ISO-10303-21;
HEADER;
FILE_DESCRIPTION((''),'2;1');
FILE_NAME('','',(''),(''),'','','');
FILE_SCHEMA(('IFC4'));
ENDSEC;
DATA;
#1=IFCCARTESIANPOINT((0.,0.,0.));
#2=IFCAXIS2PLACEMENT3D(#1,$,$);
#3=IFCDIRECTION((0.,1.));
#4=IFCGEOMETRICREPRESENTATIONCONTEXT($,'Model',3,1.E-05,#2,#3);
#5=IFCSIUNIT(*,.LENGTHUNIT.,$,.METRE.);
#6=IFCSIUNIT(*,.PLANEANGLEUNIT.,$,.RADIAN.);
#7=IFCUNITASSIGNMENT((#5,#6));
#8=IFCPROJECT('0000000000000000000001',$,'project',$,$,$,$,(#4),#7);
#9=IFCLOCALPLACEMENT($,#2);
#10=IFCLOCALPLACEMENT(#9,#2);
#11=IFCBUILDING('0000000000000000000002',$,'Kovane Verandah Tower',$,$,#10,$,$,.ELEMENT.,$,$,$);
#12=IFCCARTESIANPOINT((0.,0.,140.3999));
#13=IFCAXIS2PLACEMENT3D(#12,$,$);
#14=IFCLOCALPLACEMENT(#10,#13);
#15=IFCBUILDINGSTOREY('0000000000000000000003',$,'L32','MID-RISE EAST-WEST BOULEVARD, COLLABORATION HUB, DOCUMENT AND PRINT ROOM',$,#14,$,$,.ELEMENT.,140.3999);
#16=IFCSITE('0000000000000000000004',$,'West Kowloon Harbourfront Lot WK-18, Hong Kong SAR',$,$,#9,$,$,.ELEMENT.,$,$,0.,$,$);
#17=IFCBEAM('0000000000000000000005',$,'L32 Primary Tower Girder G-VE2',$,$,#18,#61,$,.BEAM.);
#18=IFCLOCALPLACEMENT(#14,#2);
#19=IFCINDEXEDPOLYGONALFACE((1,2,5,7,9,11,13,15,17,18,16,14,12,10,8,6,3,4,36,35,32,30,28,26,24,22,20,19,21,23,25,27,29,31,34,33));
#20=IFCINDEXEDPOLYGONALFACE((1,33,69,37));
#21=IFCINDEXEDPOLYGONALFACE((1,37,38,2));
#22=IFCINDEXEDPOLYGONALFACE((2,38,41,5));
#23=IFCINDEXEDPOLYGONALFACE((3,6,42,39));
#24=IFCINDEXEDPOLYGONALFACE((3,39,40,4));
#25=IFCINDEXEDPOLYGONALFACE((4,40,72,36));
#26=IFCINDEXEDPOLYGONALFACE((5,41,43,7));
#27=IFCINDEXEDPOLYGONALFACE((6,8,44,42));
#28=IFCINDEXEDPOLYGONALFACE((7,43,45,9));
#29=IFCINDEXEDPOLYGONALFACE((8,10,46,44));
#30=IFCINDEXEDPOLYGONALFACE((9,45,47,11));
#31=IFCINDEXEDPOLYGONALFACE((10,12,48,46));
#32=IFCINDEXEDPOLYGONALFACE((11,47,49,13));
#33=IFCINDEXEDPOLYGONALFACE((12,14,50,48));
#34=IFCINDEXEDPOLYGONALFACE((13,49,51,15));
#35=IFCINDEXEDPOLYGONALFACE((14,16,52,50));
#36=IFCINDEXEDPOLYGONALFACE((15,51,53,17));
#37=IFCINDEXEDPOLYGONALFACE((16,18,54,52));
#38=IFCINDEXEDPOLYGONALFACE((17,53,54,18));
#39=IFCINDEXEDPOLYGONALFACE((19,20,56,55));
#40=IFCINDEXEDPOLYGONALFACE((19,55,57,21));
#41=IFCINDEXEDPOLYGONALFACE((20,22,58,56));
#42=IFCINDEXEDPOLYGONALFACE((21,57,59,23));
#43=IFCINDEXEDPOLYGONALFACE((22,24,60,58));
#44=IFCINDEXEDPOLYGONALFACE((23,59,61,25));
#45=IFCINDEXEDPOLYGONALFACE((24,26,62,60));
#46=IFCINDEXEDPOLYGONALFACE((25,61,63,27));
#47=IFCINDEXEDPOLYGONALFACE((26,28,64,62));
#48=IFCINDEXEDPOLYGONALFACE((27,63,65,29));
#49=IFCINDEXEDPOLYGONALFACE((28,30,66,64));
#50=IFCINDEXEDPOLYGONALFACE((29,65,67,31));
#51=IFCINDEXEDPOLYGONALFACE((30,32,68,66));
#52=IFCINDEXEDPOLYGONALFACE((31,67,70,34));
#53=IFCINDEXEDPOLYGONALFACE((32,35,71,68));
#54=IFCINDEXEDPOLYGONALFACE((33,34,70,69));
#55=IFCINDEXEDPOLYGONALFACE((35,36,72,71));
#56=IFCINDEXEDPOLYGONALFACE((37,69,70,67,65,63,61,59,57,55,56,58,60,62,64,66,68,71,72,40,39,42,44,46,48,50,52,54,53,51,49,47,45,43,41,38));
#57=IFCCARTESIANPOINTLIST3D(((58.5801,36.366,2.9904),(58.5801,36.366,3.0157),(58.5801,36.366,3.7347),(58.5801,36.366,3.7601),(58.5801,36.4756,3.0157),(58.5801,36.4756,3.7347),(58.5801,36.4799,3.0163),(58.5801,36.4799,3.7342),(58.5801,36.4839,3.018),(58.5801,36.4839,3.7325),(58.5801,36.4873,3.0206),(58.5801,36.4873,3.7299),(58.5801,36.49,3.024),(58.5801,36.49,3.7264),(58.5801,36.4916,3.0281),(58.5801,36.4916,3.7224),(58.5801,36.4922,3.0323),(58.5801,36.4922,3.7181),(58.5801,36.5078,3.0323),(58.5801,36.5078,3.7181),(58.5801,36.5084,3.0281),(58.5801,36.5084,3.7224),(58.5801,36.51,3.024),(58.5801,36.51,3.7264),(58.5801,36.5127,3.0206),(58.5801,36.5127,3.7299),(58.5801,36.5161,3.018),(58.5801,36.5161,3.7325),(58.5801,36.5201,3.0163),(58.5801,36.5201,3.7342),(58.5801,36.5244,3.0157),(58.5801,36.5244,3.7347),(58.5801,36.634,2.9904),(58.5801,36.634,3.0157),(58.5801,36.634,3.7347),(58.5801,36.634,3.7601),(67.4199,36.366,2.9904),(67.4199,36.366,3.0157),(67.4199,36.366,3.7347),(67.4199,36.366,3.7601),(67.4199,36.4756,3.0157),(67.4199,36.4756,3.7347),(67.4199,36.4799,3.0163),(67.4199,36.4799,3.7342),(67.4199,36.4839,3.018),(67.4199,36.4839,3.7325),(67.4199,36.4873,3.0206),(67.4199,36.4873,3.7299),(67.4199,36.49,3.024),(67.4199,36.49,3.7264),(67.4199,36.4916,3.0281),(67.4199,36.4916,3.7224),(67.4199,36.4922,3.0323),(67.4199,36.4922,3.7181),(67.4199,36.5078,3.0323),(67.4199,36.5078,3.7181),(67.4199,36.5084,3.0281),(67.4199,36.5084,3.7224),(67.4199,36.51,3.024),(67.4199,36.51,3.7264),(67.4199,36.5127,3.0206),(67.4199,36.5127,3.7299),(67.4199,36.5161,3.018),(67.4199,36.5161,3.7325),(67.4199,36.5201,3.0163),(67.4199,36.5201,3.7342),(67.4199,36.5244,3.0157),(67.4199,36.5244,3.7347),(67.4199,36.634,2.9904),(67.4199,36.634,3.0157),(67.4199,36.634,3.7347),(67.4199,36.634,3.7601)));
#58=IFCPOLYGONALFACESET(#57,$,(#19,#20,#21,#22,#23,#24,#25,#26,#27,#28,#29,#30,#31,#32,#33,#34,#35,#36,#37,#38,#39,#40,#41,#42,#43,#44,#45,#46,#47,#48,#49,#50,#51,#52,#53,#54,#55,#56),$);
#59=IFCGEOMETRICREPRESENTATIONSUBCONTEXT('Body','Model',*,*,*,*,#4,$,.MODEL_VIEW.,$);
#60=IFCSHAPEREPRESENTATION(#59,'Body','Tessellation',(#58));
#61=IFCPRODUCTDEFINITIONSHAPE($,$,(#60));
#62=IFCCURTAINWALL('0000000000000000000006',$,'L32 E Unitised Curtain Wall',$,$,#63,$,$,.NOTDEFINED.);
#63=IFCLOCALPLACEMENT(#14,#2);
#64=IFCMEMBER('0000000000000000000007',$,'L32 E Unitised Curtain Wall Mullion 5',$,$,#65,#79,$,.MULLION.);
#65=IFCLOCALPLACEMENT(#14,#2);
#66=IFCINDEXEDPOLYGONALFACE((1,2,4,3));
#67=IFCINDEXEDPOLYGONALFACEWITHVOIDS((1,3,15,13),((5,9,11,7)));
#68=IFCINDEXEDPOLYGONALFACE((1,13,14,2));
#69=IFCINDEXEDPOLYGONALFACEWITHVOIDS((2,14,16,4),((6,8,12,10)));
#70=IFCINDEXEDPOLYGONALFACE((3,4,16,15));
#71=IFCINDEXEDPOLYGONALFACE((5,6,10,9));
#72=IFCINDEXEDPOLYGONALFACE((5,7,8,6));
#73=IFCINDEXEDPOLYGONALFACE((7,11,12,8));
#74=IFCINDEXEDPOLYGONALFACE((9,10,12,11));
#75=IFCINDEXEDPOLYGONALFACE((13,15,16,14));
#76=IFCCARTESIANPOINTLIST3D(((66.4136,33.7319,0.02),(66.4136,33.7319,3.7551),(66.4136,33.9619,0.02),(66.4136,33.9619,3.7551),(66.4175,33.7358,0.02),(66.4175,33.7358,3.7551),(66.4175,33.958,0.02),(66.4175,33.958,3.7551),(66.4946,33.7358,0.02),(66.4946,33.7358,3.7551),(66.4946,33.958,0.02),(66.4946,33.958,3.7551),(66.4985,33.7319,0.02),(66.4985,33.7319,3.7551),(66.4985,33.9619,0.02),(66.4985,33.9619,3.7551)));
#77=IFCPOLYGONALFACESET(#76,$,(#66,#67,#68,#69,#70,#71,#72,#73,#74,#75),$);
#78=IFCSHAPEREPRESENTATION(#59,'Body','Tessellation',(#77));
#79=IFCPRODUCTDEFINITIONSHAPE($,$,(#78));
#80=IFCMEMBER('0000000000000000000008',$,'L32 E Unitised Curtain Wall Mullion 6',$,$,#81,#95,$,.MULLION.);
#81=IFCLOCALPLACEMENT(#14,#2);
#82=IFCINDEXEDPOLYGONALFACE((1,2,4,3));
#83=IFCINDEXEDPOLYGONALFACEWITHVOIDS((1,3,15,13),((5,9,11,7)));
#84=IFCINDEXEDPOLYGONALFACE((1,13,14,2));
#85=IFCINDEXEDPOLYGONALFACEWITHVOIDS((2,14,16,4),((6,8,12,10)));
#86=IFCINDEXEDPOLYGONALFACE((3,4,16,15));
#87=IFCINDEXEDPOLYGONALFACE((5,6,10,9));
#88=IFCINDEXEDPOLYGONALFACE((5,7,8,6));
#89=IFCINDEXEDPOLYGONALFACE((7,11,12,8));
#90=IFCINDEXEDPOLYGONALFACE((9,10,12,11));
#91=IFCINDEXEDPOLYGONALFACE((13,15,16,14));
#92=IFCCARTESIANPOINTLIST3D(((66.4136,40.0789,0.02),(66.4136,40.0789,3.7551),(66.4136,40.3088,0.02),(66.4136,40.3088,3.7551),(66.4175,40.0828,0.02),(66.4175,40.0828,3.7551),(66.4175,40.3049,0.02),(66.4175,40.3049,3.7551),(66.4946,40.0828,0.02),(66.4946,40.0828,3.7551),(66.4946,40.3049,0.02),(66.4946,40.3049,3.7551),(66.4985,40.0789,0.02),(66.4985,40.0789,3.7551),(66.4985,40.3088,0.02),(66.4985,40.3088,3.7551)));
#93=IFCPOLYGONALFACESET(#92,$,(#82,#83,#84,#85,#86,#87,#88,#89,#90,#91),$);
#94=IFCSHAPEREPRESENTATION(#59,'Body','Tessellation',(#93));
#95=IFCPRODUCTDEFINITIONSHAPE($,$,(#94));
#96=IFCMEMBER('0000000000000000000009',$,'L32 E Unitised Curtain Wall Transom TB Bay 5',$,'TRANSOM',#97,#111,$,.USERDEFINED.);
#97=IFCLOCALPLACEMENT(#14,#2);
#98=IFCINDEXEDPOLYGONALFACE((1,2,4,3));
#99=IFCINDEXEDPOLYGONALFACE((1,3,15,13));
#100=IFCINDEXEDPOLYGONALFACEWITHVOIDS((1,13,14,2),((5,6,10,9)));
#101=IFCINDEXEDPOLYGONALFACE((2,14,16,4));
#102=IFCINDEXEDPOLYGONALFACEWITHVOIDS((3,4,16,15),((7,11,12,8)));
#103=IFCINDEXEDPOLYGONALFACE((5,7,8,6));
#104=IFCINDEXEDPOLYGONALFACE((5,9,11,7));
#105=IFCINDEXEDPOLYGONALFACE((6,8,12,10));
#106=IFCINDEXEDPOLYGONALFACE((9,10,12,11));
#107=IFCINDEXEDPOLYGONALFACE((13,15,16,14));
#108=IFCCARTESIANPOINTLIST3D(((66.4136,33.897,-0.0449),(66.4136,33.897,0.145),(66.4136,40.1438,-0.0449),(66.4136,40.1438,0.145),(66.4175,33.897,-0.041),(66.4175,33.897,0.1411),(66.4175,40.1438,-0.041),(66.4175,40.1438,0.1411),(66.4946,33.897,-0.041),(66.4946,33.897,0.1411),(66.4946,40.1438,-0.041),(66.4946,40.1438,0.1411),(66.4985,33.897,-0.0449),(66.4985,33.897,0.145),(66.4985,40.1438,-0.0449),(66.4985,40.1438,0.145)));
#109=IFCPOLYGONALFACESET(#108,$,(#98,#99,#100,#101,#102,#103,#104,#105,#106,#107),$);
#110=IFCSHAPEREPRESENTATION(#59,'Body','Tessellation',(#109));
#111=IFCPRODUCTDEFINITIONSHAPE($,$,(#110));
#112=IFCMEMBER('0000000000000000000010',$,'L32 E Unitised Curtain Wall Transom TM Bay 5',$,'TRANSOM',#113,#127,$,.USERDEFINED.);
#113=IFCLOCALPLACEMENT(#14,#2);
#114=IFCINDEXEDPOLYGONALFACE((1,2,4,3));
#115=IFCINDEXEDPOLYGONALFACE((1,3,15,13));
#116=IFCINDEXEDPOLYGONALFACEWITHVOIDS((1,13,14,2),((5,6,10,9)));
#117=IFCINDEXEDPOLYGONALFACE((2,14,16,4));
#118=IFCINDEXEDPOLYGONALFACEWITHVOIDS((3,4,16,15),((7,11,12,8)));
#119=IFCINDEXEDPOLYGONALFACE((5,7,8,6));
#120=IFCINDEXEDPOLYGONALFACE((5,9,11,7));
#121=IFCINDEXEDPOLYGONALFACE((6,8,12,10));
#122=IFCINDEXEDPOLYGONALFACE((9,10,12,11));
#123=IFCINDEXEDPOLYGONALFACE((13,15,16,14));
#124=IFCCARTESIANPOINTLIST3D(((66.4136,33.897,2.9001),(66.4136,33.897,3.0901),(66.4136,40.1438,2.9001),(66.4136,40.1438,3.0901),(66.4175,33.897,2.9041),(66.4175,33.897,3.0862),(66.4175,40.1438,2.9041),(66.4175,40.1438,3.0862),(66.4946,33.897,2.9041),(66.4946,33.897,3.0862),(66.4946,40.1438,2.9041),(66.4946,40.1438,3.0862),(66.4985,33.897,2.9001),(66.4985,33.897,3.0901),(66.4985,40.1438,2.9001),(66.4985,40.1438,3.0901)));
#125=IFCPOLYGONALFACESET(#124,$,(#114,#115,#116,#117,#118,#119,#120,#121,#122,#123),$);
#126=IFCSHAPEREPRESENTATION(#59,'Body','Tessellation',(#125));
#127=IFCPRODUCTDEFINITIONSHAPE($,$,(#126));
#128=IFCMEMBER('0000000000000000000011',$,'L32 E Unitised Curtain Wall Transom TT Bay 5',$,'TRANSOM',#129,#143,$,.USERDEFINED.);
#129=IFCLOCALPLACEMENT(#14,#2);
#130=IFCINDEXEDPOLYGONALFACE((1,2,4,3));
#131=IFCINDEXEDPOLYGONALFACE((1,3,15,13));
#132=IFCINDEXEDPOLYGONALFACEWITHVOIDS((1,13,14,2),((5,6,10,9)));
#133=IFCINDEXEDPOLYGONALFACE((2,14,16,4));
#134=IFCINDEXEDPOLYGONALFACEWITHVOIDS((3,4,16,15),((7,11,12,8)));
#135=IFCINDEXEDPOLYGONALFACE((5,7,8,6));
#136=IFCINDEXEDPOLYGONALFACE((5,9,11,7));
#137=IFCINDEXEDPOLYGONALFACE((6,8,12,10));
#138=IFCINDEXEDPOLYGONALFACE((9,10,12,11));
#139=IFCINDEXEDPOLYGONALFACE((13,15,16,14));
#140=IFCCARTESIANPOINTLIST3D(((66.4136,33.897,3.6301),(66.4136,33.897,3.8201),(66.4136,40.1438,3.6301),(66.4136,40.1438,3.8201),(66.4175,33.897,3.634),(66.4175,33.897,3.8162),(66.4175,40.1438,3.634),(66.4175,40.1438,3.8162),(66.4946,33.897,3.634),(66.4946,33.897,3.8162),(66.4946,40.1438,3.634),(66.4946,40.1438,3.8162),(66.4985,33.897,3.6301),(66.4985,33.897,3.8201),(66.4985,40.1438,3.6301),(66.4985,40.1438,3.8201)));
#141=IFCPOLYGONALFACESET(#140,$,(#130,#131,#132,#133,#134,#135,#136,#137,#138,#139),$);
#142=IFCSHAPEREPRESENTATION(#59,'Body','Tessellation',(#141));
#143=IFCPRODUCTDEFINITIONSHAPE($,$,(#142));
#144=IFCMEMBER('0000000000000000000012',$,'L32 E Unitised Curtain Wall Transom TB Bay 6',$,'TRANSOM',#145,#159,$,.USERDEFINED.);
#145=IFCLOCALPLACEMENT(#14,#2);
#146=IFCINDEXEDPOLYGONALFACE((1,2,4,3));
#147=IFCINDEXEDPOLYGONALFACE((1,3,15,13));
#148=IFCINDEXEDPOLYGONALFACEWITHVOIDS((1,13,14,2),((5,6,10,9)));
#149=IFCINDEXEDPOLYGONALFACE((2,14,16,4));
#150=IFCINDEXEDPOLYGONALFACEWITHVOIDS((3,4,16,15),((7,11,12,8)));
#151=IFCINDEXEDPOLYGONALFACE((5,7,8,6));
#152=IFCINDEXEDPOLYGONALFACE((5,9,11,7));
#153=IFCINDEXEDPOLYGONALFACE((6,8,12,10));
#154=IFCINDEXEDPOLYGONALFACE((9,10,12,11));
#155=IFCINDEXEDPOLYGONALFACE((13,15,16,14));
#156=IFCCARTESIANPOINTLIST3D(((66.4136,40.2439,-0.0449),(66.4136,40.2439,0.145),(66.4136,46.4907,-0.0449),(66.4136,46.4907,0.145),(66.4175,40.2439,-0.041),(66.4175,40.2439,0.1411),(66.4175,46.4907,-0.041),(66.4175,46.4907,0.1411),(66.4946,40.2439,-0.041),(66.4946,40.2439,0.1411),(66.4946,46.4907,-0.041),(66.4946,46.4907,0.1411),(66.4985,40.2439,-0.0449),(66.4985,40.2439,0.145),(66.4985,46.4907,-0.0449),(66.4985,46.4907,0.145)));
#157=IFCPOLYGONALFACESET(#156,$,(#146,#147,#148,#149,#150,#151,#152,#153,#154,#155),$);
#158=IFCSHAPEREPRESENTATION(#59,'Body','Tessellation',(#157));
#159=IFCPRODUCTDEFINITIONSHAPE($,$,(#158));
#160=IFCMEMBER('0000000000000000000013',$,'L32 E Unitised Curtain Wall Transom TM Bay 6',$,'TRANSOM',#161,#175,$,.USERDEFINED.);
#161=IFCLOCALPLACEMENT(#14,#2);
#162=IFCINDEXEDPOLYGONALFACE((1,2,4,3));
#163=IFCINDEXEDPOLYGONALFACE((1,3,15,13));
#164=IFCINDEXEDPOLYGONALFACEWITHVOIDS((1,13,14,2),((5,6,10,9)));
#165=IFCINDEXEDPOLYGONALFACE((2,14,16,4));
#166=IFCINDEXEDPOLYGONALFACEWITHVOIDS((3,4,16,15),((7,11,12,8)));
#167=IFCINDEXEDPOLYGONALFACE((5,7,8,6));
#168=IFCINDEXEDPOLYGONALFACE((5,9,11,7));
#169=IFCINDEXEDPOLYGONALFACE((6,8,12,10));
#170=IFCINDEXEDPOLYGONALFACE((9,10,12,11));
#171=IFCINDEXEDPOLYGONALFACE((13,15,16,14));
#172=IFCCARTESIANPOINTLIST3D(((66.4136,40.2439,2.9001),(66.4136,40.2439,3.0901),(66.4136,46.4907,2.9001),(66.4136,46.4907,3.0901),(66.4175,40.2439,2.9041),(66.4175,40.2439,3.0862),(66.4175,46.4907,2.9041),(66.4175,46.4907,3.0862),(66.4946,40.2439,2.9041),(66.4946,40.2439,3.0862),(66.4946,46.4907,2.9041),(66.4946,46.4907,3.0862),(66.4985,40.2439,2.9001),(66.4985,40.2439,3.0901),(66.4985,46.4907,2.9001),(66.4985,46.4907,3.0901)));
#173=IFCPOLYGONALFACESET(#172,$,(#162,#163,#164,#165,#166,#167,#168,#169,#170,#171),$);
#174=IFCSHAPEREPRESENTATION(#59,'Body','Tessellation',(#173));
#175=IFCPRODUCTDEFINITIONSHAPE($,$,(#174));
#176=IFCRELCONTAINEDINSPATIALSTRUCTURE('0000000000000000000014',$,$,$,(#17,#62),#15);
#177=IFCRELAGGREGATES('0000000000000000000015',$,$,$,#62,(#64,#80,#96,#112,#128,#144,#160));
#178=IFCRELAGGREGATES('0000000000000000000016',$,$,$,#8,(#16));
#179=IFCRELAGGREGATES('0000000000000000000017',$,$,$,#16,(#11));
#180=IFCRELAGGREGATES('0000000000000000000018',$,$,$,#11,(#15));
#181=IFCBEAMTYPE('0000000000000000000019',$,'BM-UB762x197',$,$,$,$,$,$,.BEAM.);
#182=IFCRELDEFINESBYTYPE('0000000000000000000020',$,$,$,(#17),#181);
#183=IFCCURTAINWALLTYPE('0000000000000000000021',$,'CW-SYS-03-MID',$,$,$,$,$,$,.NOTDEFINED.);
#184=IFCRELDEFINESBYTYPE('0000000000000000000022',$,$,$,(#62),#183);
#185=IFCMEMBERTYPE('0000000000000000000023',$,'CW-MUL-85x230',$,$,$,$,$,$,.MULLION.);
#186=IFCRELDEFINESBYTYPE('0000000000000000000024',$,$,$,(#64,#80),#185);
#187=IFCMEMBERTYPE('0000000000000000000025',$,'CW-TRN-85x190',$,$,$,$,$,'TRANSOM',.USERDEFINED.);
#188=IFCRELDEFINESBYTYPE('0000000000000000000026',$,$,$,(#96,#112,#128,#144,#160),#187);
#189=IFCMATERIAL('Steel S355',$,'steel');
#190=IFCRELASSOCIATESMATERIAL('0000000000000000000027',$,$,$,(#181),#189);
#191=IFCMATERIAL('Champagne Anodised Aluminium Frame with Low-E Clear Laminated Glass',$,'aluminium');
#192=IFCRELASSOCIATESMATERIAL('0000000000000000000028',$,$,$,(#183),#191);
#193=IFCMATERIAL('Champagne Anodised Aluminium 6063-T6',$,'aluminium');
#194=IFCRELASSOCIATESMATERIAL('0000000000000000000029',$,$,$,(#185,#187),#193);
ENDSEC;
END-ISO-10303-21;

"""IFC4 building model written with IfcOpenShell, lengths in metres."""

from ifc_helpers import new_model, si_unit, direction, frame, origin, origin_2d, place, context, subcontext, project, spatial, hollow_rectangle, i_section, extrude, material, material_profile, profile_set, type_object, element, aggregate, save


model = new_model("IFC4")

# Units and contexts
model_context = context("Model", 3, precision=1e-05, world=origin(), true_north=direction((0.0, 1.0)))
body_context = subcontext(model_context, "Body", "Model", "MODEL_VIEW")
ifc_project = project(units=[si_unit("LENGTHUNIT", "METRE"), si_unit("PLANEANGLEUNIT", "RADIAN")], contexts=[model_context])

# Site, building, storey
site_placement = place(None, origin())
site = spatial("IfcSite", under=ifc_project, at=site_placement, Name="West Kowloon Harbourfront Lot WK-18, Hong Kong SAR", CompositionType="ELEMENT", RefElevation=0.0)
building_placement = place(site_placement, origin())
building = spatial("IfcBuilding", under=site, at=building_placement, Name="Kovane Verandah Tower", CompositionType="ELEMENT")
storey_placement = place(building_placement, frame((0.0, 0.0, 140.3999)))
storey = spatial("IfcBuildingStorey", under=building, at=storey_placement, Name="L32", Description="MID-RISE EAST-WEST BOULEVARD, COLLABORATION HUB, DOCUMENT AND PRINT ROOM", CompositionType="ELEMENT", Elevation=140.3999)

# Beam
ifc_material_1 = material(Name="Steel S355", Category="steel")
ifc_material_profile_1 = material_profile(ifc_material_1, i_section(OverallWidth=0.2681, OverallDepth=0.7698, WebThickness=0.0156, FlangeThickness=0.0254, FilletRadius=0.0166, at=origin_2d()), Name="UB762x267x197")
ifc_profile_set_1 = profile_set([ifc_material_profile_1], Name="Steel S355")
beam_type_1 = type_object("IfcBeamType", Name="BM-UB762x197", PredefinedType="BEAM", material=ifc_profile_set_1)
beam_1_placement = place(storey_placement, frame((58.5801, 36.5, 3.3752), z_axis=(1.0, 0.0, 0.0), x_axis=(0.0, 1.0, 0.0)))
element("IfcBeam", 1, at=beam_1_placement, inside=storey, type_object=beam_type_1, Name="L32 Primary Tower Girder G-VE2", PredefinedType="BEAM", context=body_context, shape_type="SweptSolid", body=[
    extrude(i_section(OverallWidth=0.2681, OverallDepth=0.7698, WebThickness=0.0156, FlangeThickness=0.0254, FilletRadius=0.0166, at=origin_2d()), origin(), (0.0, 0.0, 1.0), 8.8398),
])

# Curtain wall, members
ifc_material_2 = material(Name="Champagne Anodised Aluminium Frame with Low-E Clear Laminated Glass", Category="aluminium")
curtain_wall_type = type_object("IfcCurtainWallType", Name="CW-SYS-03-MID", PredefinedType="NOTDEFINED", material=ifc_material_2)
curtain_wall_placement = place(storey_placement, origin())
curtain_wall = element("IfcCurtainWall", 2, at=curtain_wall_placement, inside=storey, type_object=curtain_wall_type, Name="L32 E Unitised Curtain Wall", PredefinedType="NOTDEFINED")
ifc_material_3 = material(Name="Champagne Anodised Aluminium 6063-T6", Category="aluminium")
ifc_material_profile_2 = material_profile(ifc_material_3, hollow_rectangle(XDim=0.085, YDim=0.23, WallThickness=0.0039, at=origin_2d()), Name="AL85x230x4")
ifc_profile_set_2 = profile_set([ifc_material_profile_2], Name="Champagne Anodised Aluminium 6063-T6")
member_type_1 = type_object("IfcMemberType", Name="CW-MUL-85x230", PredefinedType="MULLION", material=ifc_profile_set_2)
member_1_placement = place(storey_placement, frame((66.4561, 33.8469, 0.02), z_axis=(0.0, 0.0, 1.0), x_axis=(1.0, 0.0, 0.0)))
member_1 = element("IfcMember", 3, at=member_1_placement, type_object=member_type_1, Name="L32 E Unitised Curtain Wall Mullion 5", PredefinedType="MULLION", context=body_context, shape_type="SweptSolid", body=[
    extrude(hollow_rectangle(XDim=0.085, YDim=0.23, WallThickness=0.0039, at=origin_2d()), origin(), (0.0, 0.0, 1.0), 3.7351),
])
member_2_placement = place(storey_placement, frame((66.4561, 40.1938, 0.02), z_axis=(0.0, 0.0, 1.0), x_axis=(1.0, 0.0, 0.0)))
member_2 = element("IfcMember", 4, at=member_2_placement, type_object=member_type_1, Name="L32 E Unitised Curtain Wall Mullion 6", PredefinedType="MULLION", context=body_context, shape_type="SweptSolid", body=[
    extrude(hollow_rectangle(XDim=0.085, YDim=0.23, WallThickness=0.0039, at=origin_2d()), origin(), (0.0, 0.0, 1.0), 3.7351),
])
ifc_material_profile_3 = material_profile(ifc_material_3, hollow_rectangle(XDim=0.085, YDim=0.1899, WallThickness=0.0039, at=origin_2d()), Name="AL85x190x4")
ifc_profile_set_3 = profile_set([ifc_material_profile_3], Name="Champagne Anodised Aluminium 6063-T6")
member_type_2 = type_object("IfcMemberType", Name="CW-TRN-85x190", ElementType="TRANSOM", PredefinedType="USERDEFINED", material=ifc_profile_set_3)
member_3_placement = place(storey_placement, frame((66.4561, 33.897, 0.05), z_axis=(0.0, 1.0, 0.0), x_axis=(-1.0, 0.0, 0.0)))
member_3 = element("IfcMember", 5, at=member_3_placement, type_object=member_type_2, Name="L32 E Unitised Curtain Wall Transom TB Bay 5", ObjectType="TRANSOM", PredefinedType="USERDEFINED", context=body_context, shape_type="SweptSolid", body=[
    extrude(hollow_rectangle(XDim=0.085, YDim=0.1899, WallThickness=0.0039, at=origin_2d()), origin(), (0.0, 0.0, 1.0), 6.2468),
])
member_4_placement = place(storey_placement, frame((66.4561, 33.897, 2.9951), z_axis=(0.0, 1.0, 0.0), x_axis=(-1.0, 0.0, 0.0)))
member_4 = element("IfcMember", 6, at=member_4_placement, type_object=member_type_2, Name="L32 E Unitised Curtain Wall Transom TM Bay 5", ObjectType="TRANSOM", PredefinedType="USERDEFINED", context=body_context, shape_type="SweptSolid", body=[
    extrude(hollow_rectangle(XDim=0.085, YDim=0.1899, WallThickness=0.0039, at=origin_2d()), origin(), (0.0, 0.0, 1.0), 6.2468),
])
member_5_placement = place(storey_placement, frame((66.4561, 33.897, 3.7251), z_axis=(0.0, 1.0, 0.0), x_axis=(-1.0, 0.0, 0.0)))
member_5 = element("IfcMember", 7, at=member_5_placement, type_object=member_type_2, Name="L32 E Unitised Curtain Wall Transom TT Bay 5", ObjectType="TRANSOM", PredefinedType="USERDEFINED", context=body_context, shape_type="SweptSolid", body=[
    extrude(hollow_rectangle(XDim=0.085, YDim=0.1899, WallThickness=0.0039, at=origin_2d()), origin(), (0.0, 0.0, 1.0), 6.2468),
])
member_6_placement = place(storey_placement, frame((66.4561, 40.2439, 0.05), z_axis=(0.0, 1.0, 0.0), x_axis=(-1.0, 0.0, 0.0)))
member_6 = element("IfcMember", 8, at=member_6_placement, type_object=member_type_2, Name="L32 E Unitised Curtain Wall Transom TB Bay 6", ObjectType="TRANSOM", PredefinedType="USERDEFINED", context=body_context, shape_type="SweptSolid", body=[
    extrude(hollow_rectangle(XDim=0.085, YDim=0.1899, WallThickness=0.0039, at=origin_2d()), origin(), (0.0, 0.0, 1.0), 6.2468),
])
member_7_placement = place(storey_placement, frame((66.4561, 40.2439, 2.9951), z_axis=(0.0, 1.0, 0.0), x_axis=(-1.0, 0.0, 0.0)))
member_7 = element("IfcMember", 9, at=member_7_placement, type_object=member_type_2, Name="L32 E Unitised Curtain Wall Transom TM Bay 6", ObjectType="TRANSOM", PredefinedType="USERDEFINED", context=body_context, shape_type="SweptSolid", body=[
    extrude(hollow_rectangle(XDim=0.085, YDim=0.1899, WallThickness=0.0039, at=origin_2d()), origin(), (0.0, 0.0, 1.0), 6.2468),
])

aggregate(curtain_wall, [member_1, member_2, member_3, member_4, member_5, member_6, member_7])

save(model, "model.ifc")
